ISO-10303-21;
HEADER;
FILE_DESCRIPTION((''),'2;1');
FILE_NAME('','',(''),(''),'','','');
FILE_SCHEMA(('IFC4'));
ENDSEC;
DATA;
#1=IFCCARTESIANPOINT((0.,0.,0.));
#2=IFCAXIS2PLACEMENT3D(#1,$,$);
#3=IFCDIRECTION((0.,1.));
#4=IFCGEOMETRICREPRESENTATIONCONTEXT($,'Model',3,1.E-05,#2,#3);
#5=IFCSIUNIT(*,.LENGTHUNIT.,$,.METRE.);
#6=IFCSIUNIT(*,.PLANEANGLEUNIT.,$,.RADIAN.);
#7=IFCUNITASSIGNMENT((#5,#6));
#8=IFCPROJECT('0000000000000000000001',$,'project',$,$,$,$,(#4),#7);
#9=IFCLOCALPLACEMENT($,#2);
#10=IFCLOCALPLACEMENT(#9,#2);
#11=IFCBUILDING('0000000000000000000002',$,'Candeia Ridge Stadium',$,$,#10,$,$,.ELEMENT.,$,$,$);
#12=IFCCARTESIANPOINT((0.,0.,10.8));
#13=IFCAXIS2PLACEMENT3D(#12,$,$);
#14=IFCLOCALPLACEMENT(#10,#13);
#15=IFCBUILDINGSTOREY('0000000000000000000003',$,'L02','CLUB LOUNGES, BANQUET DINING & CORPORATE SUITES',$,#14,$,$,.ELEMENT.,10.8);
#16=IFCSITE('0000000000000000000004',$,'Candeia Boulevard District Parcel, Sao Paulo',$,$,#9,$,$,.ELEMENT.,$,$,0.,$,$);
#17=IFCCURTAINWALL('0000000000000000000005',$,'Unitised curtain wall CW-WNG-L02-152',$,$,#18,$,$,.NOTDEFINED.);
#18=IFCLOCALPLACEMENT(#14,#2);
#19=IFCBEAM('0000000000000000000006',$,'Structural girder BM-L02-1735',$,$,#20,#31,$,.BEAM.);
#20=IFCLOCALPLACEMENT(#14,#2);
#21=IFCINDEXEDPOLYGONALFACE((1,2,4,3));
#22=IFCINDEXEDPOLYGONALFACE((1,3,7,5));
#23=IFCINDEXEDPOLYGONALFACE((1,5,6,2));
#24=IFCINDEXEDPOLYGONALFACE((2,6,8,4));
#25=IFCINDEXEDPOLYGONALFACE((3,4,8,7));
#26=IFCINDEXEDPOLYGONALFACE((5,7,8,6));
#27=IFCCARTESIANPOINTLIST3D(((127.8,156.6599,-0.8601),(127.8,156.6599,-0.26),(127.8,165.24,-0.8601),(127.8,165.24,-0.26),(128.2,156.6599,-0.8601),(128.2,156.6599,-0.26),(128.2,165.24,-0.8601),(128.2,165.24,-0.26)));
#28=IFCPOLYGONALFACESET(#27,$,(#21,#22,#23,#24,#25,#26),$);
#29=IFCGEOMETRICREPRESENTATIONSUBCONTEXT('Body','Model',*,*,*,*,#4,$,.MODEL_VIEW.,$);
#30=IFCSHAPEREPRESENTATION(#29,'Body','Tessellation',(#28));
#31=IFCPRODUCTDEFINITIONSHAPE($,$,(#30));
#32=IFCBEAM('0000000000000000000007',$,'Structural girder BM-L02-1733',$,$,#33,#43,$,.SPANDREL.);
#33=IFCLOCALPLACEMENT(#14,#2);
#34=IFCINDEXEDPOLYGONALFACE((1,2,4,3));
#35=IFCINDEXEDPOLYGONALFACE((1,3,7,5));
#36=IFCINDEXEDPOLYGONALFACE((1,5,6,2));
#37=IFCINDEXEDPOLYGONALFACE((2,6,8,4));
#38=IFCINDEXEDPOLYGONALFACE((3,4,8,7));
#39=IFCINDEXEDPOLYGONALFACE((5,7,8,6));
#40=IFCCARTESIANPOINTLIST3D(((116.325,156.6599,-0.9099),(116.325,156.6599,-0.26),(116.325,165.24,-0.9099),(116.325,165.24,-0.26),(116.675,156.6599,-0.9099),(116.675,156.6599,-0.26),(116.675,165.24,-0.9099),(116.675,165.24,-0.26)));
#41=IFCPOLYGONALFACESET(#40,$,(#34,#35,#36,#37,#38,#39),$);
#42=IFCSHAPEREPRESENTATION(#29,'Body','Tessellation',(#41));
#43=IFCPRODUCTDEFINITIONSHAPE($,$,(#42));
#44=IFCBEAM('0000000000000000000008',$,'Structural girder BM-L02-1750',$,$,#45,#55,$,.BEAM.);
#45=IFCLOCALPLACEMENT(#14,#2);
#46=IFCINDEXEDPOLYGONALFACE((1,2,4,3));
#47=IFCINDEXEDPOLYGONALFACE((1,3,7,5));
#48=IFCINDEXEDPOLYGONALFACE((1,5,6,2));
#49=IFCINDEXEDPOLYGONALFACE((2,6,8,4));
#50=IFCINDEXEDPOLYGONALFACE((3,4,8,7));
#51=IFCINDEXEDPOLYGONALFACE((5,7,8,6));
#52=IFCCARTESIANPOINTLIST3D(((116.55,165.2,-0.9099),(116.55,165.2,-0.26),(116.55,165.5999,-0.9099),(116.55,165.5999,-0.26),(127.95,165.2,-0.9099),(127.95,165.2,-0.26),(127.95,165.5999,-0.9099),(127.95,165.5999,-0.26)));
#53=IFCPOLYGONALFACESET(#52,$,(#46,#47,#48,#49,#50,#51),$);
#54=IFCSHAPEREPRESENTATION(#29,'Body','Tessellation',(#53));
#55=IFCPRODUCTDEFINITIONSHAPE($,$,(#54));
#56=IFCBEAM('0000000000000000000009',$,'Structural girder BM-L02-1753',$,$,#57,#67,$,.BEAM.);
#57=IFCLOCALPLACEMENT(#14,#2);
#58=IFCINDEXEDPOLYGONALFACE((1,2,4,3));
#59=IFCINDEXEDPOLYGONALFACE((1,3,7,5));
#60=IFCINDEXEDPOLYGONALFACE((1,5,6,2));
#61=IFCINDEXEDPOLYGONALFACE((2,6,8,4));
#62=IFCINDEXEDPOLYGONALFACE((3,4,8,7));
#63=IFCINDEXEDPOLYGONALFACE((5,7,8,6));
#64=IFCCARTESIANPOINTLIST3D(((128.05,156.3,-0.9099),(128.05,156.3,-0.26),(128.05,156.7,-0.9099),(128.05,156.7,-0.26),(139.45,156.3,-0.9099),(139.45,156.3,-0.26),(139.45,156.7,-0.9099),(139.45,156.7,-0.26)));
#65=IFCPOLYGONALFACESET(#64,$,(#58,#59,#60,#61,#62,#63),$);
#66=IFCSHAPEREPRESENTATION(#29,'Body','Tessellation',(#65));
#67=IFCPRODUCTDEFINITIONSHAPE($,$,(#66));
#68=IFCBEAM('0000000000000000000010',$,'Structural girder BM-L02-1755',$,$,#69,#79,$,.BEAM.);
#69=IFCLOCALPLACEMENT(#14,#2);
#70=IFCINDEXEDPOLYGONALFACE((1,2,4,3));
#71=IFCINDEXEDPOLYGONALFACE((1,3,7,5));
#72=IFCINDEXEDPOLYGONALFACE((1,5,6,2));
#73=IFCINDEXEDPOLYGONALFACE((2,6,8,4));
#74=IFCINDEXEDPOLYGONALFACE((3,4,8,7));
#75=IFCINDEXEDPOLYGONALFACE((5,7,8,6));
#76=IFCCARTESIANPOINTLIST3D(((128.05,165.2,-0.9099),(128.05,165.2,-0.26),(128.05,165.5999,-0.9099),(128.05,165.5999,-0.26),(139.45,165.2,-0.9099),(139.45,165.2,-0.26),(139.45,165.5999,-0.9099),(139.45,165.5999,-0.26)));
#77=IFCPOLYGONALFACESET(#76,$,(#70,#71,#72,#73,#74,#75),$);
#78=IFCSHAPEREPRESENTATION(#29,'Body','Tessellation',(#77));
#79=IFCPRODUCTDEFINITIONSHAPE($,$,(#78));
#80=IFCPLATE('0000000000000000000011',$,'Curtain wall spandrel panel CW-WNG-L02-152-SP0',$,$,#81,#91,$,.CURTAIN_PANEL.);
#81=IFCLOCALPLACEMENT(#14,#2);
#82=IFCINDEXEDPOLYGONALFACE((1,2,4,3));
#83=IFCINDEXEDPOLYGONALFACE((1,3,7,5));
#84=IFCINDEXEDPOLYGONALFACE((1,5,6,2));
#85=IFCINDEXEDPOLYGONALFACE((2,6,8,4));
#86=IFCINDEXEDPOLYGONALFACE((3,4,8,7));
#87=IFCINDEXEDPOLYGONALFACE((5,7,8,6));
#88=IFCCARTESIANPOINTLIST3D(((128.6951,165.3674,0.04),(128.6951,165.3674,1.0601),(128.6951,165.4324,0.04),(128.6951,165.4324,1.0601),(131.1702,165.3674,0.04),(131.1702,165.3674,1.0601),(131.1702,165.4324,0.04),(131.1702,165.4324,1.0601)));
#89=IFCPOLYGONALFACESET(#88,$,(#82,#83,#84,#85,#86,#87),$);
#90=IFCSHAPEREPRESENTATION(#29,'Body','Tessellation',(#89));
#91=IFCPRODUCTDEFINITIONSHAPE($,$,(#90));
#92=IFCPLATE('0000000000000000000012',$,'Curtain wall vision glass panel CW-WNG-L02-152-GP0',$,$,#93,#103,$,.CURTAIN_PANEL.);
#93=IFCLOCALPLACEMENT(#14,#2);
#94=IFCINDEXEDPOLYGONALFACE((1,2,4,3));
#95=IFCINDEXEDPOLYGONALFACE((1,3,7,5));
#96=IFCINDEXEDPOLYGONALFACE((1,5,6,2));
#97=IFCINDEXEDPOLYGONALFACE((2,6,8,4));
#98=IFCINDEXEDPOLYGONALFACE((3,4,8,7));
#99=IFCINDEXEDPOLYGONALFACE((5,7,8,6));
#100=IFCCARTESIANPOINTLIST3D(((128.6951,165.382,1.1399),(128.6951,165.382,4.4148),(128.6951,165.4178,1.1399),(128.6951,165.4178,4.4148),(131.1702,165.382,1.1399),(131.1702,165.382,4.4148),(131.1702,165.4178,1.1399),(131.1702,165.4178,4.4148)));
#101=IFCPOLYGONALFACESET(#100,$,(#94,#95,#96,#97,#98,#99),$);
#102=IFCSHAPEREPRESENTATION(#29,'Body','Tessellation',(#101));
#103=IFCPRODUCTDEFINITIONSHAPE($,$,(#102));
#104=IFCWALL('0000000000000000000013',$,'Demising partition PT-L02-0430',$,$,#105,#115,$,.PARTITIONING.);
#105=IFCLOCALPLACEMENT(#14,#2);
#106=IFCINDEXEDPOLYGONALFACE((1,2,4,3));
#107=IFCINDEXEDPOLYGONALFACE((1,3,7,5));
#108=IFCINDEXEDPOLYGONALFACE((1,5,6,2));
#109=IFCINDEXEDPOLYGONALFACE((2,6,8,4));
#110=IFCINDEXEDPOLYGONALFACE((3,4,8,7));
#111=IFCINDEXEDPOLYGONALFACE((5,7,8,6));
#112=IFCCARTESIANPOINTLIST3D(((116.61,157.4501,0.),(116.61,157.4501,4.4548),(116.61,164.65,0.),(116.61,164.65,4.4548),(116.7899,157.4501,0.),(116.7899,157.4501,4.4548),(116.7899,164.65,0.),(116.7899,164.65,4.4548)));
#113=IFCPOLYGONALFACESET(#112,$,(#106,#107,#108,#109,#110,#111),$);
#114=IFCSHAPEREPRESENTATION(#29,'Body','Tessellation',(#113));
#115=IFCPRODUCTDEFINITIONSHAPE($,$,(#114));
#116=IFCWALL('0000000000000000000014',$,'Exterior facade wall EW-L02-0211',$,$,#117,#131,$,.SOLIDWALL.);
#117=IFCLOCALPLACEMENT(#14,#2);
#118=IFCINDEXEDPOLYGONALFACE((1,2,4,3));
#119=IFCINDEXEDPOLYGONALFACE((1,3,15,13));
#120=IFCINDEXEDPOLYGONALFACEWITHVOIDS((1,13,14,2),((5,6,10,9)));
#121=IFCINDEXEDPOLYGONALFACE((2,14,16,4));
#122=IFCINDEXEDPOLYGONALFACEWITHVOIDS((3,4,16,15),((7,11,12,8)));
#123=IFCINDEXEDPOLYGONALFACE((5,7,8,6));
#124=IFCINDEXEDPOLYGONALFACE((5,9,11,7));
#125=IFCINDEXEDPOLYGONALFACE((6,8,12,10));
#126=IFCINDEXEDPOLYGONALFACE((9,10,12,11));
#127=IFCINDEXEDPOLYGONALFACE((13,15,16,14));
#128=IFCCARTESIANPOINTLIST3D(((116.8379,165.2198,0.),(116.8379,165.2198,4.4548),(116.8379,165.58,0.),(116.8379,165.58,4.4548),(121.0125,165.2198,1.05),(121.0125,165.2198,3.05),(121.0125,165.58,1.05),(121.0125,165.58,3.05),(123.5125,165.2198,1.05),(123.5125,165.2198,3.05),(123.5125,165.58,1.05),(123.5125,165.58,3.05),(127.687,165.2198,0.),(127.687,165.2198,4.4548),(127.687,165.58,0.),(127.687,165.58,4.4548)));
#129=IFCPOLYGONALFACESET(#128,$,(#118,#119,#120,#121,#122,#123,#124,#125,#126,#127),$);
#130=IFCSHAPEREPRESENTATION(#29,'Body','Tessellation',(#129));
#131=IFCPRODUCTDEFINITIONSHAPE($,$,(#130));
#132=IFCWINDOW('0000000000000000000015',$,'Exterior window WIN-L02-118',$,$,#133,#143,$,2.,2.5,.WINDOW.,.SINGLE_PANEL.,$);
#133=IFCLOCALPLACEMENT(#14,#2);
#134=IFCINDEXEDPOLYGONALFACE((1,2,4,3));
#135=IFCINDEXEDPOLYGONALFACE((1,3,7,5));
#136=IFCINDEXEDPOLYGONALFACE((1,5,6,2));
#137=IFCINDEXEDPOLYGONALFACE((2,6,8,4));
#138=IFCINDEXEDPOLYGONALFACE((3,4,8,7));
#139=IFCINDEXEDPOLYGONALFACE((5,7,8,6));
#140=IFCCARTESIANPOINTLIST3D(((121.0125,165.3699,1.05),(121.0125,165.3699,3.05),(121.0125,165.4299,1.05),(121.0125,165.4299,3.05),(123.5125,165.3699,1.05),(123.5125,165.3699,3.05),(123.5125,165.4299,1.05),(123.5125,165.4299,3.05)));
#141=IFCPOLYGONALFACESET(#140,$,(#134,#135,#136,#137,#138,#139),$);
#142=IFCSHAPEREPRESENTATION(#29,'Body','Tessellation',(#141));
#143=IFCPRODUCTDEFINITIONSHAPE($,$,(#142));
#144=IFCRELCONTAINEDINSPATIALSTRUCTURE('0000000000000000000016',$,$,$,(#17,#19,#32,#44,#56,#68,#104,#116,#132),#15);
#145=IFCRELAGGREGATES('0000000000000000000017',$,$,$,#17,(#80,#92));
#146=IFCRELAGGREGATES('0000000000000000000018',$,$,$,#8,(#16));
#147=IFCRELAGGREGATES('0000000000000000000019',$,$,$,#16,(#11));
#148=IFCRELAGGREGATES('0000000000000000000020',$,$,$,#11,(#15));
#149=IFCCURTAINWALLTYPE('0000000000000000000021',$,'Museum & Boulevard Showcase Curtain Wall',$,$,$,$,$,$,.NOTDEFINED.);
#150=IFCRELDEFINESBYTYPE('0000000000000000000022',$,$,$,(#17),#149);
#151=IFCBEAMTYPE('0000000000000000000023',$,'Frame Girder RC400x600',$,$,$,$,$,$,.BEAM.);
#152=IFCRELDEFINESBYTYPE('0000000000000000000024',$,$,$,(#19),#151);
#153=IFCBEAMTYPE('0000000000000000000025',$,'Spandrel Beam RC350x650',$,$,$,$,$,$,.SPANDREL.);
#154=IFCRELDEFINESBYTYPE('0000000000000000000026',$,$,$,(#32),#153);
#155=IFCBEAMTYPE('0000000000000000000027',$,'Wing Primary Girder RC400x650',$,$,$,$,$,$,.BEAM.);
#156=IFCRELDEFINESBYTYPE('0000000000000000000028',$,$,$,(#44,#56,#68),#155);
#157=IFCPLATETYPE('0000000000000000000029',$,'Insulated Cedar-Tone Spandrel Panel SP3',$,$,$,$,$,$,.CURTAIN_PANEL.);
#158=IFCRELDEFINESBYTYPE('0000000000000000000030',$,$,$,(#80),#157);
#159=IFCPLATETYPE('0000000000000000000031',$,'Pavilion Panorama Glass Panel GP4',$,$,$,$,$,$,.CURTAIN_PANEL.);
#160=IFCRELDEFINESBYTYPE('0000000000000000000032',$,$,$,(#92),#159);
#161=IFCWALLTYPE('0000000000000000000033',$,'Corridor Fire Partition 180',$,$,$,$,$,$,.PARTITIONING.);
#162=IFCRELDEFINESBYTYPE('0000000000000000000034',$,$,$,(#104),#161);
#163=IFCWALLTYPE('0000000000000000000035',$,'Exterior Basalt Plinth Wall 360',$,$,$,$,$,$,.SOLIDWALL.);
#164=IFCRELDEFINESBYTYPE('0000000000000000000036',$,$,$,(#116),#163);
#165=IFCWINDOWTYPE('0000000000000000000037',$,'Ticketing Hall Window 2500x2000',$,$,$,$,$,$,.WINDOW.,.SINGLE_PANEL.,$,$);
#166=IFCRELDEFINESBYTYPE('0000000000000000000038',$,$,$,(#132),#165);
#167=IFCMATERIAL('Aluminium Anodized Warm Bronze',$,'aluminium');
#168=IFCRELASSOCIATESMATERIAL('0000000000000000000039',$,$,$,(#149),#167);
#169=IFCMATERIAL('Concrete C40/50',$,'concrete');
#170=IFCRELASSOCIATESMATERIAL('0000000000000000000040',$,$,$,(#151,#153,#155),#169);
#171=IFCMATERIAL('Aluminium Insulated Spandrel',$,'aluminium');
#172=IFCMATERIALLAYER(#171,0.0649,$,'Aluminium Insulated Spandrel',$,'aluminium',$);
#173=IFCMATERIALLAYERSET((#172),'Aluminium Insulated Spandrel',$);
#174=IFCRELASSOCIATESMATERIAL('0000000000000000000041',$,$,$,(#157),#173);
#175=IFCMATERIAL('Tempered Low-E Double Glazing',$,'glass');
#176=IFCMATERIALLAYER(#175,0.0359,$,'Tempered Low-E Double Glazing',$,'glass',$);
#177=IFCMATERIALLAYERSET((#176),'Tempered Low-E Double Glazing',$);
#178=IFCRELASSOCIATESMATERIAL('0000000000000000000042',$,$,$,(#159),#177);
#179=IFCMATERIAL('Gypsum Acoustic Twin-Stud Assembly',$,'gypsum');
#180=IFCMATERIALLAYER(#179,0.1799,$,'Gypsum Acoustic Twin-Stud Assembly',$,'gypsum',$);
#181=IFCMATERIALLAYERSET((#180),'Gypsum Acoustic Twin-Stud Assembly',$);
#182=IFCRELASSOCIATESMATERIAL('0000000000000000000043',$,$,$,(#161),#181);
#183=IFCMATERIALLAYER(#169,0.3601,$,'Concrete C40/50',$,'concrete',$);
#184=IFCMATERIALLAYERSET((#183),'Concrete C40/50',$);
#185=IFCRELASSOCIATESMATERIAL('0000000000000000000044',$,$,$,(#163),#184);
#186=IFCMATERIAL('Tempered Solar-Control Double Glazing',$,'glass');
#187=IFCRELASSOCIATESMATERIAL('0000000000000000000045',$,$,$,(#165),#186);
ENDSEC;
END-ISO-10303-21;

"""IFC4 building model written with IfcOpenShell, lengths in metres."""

from ifc_helpers import new_model, si_unit, direction, frame, frame_2d, origin, origin_2d, place, context, subcontext, project, spatial, rectangle, extrude, material, layer, layer_set, material_profile, profile_set, type_object, element, fill, aggregate, save


model = new_model("IFC4")

# Units and contexts
model_context = context("Model", 3, precision=1e-05, world=origin(), true_north=direction((0.0, 1.0)))
body_context = subcontext(model_context, "Body", "Model", "MODEL_VIEW")
ifc_project = project(units=[si_unit("LENGTHUNIT", "METRE"), si_unit("PLANEANGLEUNIT", "RADIAN")], contexts=[model_context])

# Site, building, storey
site_placement = place(None, origin())
site = spatial("IfcSite", under=ifc_project, at=site_placement, Name="Candeia Boulevard District Parcel, Sao Paulo", CompositionType="ELEMENT", RefElevation=0.0)
building_placement = place(site_placement, origin())
building = spatial("IfcBuilding", under=site, at=building_placement, Name="Candeia Ridge Stadium", CompositionType="ELEMENT")
storey_placement = place(building_placement, frame((0.0, 0.0, 10.8)))
storey = spatial("IfcBuildingStorey", under=building, at=storey_placement, Name="L02", Description="CLUB LOUNGES, BANQUET DINING & CORPORATE SUITES", CompositionType="ELEMENT", Elevation=10.8)

# Shared definitions
ifc_material_1 = material(Name="Concrete C40/50", Category="concrete")

# Curtain wall
ifc_material_2 = material(Name="Aluminium Anodized Warm Bronze", Category="aluminium")
curtain_wall_type = type_object("IfcCurtainWallType", Name="Museum & Boulevard Showcase Curtain Wall", PredefinedType="NOTDEFINED", material=ifc_material_2)
curtain_wall_placement = place(storey_placement, origin())
curtain_wall = element("IfcCurtainWall", 1, at=curtain_wall_placement, inside=storey, type_object=curtain_wall_type, Name="Unitised curtain wall CW-WNG-L02-152", PredefinedType="NOTDEFINED")

# Beams
ifc_material_profile_1 = material_profile(ifc_material_1, rectangle(XDim=0.3999, YDim=0.6001, at=origin_2d()), Name="RC400x600", Category="concrete")
ifc_profile_set_1 = profile_set([ifc_material_profile_1], Name="Concrete C40/50")
beam_type_1 = type_object("IfcBeamType", Name="Frame Girder RC400x600", PredefinedType="BEAM", material=ifc_profile_set_1)
beam_1_placement = place(storey_placement, frame((128.0, 156.6599, -0.5601), z_axis=(0.0, 1.0, 0.0), x_axis=(-1.0, 0.0, 0.0)))
element("IfcBeam", 2, at=beam_1_placement, inside=storey, type_object=beam_type_1, Name="Structural girder BM-L02-1735", PredefinedType="BEAM", context=body_context, shape_type="SweptSolid", body=[
    extrude(rectangle(XDim=0.3999, YDim=0.6001, at=origin_2d()), origin(), (0.0, 0.0, 1.0), 8.5801),
])
ifc_material_profile_2 = material_profile(ifc_material_1, rectangle(XDim=0.3501, YDim=0.6499, at=origin_2d()), Name="RC350x650", Category="concrete")
ifc_profile_set_2 = profile_set([ifc_material_profile_2], Name="Concrete C40/50")
beam_type_2 = type_object("IfcBeamType", Name="Spandrel Beam RC350x650", PredefinedType="SPANDREL", material=ifc_profile_set_2)
beam_2_placement = place(storey_placement, frame((116.5, 156.6599, -0.585), z_axis=(0.0, 1.0, 0.0), x_axis=(-1.0, 0.0, 0.0)))
element("IfcBeam", 3, at=beam_2_placement, inside=storey, type_object=beam_type_2, Name="Structural girder BM-L02-1733", PredefinedType="SPANDREL", context=body_context, shape_type="SweptSolid", body=[
    extrude(rectangle(XDim=0.3501, YDim=0.6499, at=origin_2d()), origin(), (0.0, 0.0, 1.0), 8.5801),
])
ifc_material_profile_3 = material_profile(ifc_material_1, rectangle(XDim=0.3999, YDim=0.6499, at=origin_2d()), Name="RC400x650", Category="concrete")
ifc_profile_set_3 = profile_set([ifc_material_profile_3], Name="Concrete C40/50")
beam_type_3 = type_object("IfcBeamType", Name="Wing Primary Girder RC400x650", PredefinedType="BEAM", material=ifc_profile_set_3)
for number, where, z_axis, x_axis, name in (
    (4, (116.55, 165.3999, -0.585), (1.0, 0.0, 0.0), (0.0, 1.0, 0.0), "Structural girder BM-L02-1750"),
    (5, (128.05, 156.5, -0.585), (1.0, 0.0, 0.0), (0.0, 1.0, 0.0), "Structural girder BM-L02-1753"),
    (6, (128.05, 165.3999, -0.585), (1.0, 0.0, 0.0), (0.0, 1.0, 0.0), "Structural girder BM-L02-1755"),
):
    element("IfcBeam", number, at=place(storey_placement, frame(where, z_axis=z_axis, x_axis=x_axis)), inside=storey, type_object=beam_type_3, Name=name, PredefinedType="BEAM", context=body_context, shape_type="SweptSolid", body=[
        extrude(rectangle(XDim=0.3999, YDim=0.6499, at=origin_2d()), origin(), (0.0, 0.0, 1.0), 11.3999),
    ])

# Plates
ifc_material_3 = material(Name="Aluminium Insulated Spandrel", Category="aluminium")
ifc_layer_1 = layer(ifc_material_3, 0.0649, Name="Aluminium Insulated Spandrel", Category="aluminium")
ifc_layer_set_1 = layer_set([ifc_layer_1], Name="Aluminium Insulated Spandrel")
plate_type_1 = type_object("IfcPlateType", Name="Insulated Cedar-Tone Spandrel Panel SP3", PredefinedType="CURTAIN_PANEL", material=ifc_layer_set_1)
plate_1_placement = place(storey_placement, frame((129.9326, 165.3999, 0.04), z_axis=(0.0, 0.0, 1.0), x_axis=(1.0, 0.0, 0.0)))
plate_1 = element("IfcPlate", 7, at=plate_1_placement, type_object=plate_type_1, Name="Curtain wall spandrel panel CW-WNG-L02-152-SP0", PredefinedType="CURTAIN_PANEL", context=body_context, shape_type="SweptSolid", body=[
    extrude(rectangle(XDim=2.4751, YDim=0.0649, at=origin_2d()), origin(), (0.0, 0.0, 1.0), 1.02),
])
ifc_material_4 = material(Name="Tempered Low-E Double Glazing", Category="glass")
ifc_layer_2 = layer(ifc_material_4, 0.0359, Name="Tempered Low-E Double Glazing", Category="glass")
ifc_layer_set_2 = layer_set([ifc_layer_2], Name="Tempered Low-E Double Glazing")
plate_type_2 = type_object("IfcPlateType", Name="Pavilion Panorama Glass Panel GP4", PredefinedType="CURTAIN_PANEL", material=ifc_layer_set_2)
plate_2_placement = place(storey_placement, frame((129.9326, 165.3999, 1.1399), z_axis=(0.0, 0.0, 1.0), x_axis=(1.0, 0.0, 0.0)))
plate_2 = element("IfcPlate", 8, at=plate_2_placement, type_object=plate_type_2, Name="Curtain wall vision glass panel CW-WNG-L02-152-GP0", PredefinedType="CURTAIN_PANEL", context=body_context, shape_type="SweptSolid", body=[
    extrude(rectangle(XDim=2.4751, YDim=0.0359, at=origin_2d()), origin(), (0.0, 0.0, 1.0), 3.2749),
])
aggregate(curtain_wall, [plate_1, plate_2])

# Wall
ifc_material_5 = material(Name="Gypsum Acoustic Twin-Stud Assembly", Category="gypsum")
ifc_layer_3 = layer(ifc_material_5, 0.1799, Name="Gypsum Acoustic Twin-Stud Assembly", Category="gypsum")
ifc_layer_set_3 = layer_set([ifc_layer_3], Name="Gypsum Acoustic Twin-Stud Assembly")
wall_type_1 = type_object("IfcWallType", Name="Corridor Fire Partition 180", PredefinedType="PARTITIONING", material=ifc_layer_set_3)
wall_1_placement = place(storey_placement, frame((116.7, 157.45, 0.0), z_axis=(0.0, 0.0, 1.0), x_axis=(0.0, 1.0, 0.0)))
element("IfcWall", 9, at=wall_1_placement, inside=storey, type_object=wall_type_1, Name="Demising partition PT-L02-0430", PredefinedType="PARTITIONING", context=body_context, shape_type="SweptSolid", body=[
    extrude(rectangle(XDim=7.2, YDim=0.1799, at=frame_2d((3.6001, 0.0))), origin(), (0.0, 0.0, 1.0), 4.4548),
])

# Wall, opening, window
ifc_layer_4 = layer(ifc_material_1, 0.3601, Name="Concrete C40/50", Category="concrete")
ifc_layer_set_4 = layer_set([ifc_layer_4], Name="Concrete C40/50")
wall_type_2 = type_object("IfcWallType", Name="Exterior Basalt Plinth Wall 360", PredefinedType="SOLIDWALL", material=ifc_layer_set_4)
wall_2_placement = place(storey_placement, frame((116.8379, 165.3999, 0.0), z_axis=(0.0, 0.0, 1.0), x_axis=(1.0, 0.0, 0.0)))
wall_2 = element("IfcWall", 10, at=wall_2_placement, inside=storey, type_object=wall_type_2, Name="Exterior facade wall EW-L02-0211", PredefinedType="SOLIDWALL", context=body_context, shape_type="SweptSolid", body=[
    extrude(rectangle(XDim=10.8491, YDim=0.3601, at=frame_2d((5.4246, 0.0))), origin(), (0.0, 0.0, 1.0), 4.4548),
])
opening_placement = place(wall_2_placement, frame((4.1746, 0.0, 1.05)))
opening = element("IfcOpeningElement", 11, at=opening_placement, cuts=wall_2, PredefinedType="OPENING", context=body_context, shape_type="SweptSolid", body=[
    extrude(rectangle(XDim=2.5, YDim=2.0, at=frame_2d((1.25, 1.0))), frame((0.0, 0.1899, 0.0), z_axis=(0.0, -1.0, 0.0), x_axis=(1.0, 0.0, 0.0)), (0.0, 0.0, 1.0), 0.3801),
])
ifc_material_6 = material(Name="Tempered Solar-Control Double Glazing", Category="glass")
window_type = type_object("IfcWindowType", Name="Ticketing Hall Window 2500x2000", PartitioningType="SINGLE_PANEL", PredefinedType="WINDOW", material=ifc_material_6)
window_placement = place(opening_placement, origin())
window = element("IfcWindow", 12, at=window_placement, inside=storey, type_object=window_type, Name="Exterior window WIN-L02-118", OverallHeight=2.0, OverallWidth=2.5, PartitioningType="SINGLE_PANEL", PredefinedType="WINDOW", context=body_context, shape_type="SweptSolid", body=[
    extrude(rectangle(XDim=2.5, YDim=2.0, at=frame_2d((1.25, 1.0))), frame((0.0, 0.03, 0.0), z_axis=(0.0, -1.0, 0.0), x_axis=(1.0, 0.0, 0.0)), (0.0, 0.0, 1.0), 0.0601),
])
fill(opening, window)

save(model, "model.ifc")
